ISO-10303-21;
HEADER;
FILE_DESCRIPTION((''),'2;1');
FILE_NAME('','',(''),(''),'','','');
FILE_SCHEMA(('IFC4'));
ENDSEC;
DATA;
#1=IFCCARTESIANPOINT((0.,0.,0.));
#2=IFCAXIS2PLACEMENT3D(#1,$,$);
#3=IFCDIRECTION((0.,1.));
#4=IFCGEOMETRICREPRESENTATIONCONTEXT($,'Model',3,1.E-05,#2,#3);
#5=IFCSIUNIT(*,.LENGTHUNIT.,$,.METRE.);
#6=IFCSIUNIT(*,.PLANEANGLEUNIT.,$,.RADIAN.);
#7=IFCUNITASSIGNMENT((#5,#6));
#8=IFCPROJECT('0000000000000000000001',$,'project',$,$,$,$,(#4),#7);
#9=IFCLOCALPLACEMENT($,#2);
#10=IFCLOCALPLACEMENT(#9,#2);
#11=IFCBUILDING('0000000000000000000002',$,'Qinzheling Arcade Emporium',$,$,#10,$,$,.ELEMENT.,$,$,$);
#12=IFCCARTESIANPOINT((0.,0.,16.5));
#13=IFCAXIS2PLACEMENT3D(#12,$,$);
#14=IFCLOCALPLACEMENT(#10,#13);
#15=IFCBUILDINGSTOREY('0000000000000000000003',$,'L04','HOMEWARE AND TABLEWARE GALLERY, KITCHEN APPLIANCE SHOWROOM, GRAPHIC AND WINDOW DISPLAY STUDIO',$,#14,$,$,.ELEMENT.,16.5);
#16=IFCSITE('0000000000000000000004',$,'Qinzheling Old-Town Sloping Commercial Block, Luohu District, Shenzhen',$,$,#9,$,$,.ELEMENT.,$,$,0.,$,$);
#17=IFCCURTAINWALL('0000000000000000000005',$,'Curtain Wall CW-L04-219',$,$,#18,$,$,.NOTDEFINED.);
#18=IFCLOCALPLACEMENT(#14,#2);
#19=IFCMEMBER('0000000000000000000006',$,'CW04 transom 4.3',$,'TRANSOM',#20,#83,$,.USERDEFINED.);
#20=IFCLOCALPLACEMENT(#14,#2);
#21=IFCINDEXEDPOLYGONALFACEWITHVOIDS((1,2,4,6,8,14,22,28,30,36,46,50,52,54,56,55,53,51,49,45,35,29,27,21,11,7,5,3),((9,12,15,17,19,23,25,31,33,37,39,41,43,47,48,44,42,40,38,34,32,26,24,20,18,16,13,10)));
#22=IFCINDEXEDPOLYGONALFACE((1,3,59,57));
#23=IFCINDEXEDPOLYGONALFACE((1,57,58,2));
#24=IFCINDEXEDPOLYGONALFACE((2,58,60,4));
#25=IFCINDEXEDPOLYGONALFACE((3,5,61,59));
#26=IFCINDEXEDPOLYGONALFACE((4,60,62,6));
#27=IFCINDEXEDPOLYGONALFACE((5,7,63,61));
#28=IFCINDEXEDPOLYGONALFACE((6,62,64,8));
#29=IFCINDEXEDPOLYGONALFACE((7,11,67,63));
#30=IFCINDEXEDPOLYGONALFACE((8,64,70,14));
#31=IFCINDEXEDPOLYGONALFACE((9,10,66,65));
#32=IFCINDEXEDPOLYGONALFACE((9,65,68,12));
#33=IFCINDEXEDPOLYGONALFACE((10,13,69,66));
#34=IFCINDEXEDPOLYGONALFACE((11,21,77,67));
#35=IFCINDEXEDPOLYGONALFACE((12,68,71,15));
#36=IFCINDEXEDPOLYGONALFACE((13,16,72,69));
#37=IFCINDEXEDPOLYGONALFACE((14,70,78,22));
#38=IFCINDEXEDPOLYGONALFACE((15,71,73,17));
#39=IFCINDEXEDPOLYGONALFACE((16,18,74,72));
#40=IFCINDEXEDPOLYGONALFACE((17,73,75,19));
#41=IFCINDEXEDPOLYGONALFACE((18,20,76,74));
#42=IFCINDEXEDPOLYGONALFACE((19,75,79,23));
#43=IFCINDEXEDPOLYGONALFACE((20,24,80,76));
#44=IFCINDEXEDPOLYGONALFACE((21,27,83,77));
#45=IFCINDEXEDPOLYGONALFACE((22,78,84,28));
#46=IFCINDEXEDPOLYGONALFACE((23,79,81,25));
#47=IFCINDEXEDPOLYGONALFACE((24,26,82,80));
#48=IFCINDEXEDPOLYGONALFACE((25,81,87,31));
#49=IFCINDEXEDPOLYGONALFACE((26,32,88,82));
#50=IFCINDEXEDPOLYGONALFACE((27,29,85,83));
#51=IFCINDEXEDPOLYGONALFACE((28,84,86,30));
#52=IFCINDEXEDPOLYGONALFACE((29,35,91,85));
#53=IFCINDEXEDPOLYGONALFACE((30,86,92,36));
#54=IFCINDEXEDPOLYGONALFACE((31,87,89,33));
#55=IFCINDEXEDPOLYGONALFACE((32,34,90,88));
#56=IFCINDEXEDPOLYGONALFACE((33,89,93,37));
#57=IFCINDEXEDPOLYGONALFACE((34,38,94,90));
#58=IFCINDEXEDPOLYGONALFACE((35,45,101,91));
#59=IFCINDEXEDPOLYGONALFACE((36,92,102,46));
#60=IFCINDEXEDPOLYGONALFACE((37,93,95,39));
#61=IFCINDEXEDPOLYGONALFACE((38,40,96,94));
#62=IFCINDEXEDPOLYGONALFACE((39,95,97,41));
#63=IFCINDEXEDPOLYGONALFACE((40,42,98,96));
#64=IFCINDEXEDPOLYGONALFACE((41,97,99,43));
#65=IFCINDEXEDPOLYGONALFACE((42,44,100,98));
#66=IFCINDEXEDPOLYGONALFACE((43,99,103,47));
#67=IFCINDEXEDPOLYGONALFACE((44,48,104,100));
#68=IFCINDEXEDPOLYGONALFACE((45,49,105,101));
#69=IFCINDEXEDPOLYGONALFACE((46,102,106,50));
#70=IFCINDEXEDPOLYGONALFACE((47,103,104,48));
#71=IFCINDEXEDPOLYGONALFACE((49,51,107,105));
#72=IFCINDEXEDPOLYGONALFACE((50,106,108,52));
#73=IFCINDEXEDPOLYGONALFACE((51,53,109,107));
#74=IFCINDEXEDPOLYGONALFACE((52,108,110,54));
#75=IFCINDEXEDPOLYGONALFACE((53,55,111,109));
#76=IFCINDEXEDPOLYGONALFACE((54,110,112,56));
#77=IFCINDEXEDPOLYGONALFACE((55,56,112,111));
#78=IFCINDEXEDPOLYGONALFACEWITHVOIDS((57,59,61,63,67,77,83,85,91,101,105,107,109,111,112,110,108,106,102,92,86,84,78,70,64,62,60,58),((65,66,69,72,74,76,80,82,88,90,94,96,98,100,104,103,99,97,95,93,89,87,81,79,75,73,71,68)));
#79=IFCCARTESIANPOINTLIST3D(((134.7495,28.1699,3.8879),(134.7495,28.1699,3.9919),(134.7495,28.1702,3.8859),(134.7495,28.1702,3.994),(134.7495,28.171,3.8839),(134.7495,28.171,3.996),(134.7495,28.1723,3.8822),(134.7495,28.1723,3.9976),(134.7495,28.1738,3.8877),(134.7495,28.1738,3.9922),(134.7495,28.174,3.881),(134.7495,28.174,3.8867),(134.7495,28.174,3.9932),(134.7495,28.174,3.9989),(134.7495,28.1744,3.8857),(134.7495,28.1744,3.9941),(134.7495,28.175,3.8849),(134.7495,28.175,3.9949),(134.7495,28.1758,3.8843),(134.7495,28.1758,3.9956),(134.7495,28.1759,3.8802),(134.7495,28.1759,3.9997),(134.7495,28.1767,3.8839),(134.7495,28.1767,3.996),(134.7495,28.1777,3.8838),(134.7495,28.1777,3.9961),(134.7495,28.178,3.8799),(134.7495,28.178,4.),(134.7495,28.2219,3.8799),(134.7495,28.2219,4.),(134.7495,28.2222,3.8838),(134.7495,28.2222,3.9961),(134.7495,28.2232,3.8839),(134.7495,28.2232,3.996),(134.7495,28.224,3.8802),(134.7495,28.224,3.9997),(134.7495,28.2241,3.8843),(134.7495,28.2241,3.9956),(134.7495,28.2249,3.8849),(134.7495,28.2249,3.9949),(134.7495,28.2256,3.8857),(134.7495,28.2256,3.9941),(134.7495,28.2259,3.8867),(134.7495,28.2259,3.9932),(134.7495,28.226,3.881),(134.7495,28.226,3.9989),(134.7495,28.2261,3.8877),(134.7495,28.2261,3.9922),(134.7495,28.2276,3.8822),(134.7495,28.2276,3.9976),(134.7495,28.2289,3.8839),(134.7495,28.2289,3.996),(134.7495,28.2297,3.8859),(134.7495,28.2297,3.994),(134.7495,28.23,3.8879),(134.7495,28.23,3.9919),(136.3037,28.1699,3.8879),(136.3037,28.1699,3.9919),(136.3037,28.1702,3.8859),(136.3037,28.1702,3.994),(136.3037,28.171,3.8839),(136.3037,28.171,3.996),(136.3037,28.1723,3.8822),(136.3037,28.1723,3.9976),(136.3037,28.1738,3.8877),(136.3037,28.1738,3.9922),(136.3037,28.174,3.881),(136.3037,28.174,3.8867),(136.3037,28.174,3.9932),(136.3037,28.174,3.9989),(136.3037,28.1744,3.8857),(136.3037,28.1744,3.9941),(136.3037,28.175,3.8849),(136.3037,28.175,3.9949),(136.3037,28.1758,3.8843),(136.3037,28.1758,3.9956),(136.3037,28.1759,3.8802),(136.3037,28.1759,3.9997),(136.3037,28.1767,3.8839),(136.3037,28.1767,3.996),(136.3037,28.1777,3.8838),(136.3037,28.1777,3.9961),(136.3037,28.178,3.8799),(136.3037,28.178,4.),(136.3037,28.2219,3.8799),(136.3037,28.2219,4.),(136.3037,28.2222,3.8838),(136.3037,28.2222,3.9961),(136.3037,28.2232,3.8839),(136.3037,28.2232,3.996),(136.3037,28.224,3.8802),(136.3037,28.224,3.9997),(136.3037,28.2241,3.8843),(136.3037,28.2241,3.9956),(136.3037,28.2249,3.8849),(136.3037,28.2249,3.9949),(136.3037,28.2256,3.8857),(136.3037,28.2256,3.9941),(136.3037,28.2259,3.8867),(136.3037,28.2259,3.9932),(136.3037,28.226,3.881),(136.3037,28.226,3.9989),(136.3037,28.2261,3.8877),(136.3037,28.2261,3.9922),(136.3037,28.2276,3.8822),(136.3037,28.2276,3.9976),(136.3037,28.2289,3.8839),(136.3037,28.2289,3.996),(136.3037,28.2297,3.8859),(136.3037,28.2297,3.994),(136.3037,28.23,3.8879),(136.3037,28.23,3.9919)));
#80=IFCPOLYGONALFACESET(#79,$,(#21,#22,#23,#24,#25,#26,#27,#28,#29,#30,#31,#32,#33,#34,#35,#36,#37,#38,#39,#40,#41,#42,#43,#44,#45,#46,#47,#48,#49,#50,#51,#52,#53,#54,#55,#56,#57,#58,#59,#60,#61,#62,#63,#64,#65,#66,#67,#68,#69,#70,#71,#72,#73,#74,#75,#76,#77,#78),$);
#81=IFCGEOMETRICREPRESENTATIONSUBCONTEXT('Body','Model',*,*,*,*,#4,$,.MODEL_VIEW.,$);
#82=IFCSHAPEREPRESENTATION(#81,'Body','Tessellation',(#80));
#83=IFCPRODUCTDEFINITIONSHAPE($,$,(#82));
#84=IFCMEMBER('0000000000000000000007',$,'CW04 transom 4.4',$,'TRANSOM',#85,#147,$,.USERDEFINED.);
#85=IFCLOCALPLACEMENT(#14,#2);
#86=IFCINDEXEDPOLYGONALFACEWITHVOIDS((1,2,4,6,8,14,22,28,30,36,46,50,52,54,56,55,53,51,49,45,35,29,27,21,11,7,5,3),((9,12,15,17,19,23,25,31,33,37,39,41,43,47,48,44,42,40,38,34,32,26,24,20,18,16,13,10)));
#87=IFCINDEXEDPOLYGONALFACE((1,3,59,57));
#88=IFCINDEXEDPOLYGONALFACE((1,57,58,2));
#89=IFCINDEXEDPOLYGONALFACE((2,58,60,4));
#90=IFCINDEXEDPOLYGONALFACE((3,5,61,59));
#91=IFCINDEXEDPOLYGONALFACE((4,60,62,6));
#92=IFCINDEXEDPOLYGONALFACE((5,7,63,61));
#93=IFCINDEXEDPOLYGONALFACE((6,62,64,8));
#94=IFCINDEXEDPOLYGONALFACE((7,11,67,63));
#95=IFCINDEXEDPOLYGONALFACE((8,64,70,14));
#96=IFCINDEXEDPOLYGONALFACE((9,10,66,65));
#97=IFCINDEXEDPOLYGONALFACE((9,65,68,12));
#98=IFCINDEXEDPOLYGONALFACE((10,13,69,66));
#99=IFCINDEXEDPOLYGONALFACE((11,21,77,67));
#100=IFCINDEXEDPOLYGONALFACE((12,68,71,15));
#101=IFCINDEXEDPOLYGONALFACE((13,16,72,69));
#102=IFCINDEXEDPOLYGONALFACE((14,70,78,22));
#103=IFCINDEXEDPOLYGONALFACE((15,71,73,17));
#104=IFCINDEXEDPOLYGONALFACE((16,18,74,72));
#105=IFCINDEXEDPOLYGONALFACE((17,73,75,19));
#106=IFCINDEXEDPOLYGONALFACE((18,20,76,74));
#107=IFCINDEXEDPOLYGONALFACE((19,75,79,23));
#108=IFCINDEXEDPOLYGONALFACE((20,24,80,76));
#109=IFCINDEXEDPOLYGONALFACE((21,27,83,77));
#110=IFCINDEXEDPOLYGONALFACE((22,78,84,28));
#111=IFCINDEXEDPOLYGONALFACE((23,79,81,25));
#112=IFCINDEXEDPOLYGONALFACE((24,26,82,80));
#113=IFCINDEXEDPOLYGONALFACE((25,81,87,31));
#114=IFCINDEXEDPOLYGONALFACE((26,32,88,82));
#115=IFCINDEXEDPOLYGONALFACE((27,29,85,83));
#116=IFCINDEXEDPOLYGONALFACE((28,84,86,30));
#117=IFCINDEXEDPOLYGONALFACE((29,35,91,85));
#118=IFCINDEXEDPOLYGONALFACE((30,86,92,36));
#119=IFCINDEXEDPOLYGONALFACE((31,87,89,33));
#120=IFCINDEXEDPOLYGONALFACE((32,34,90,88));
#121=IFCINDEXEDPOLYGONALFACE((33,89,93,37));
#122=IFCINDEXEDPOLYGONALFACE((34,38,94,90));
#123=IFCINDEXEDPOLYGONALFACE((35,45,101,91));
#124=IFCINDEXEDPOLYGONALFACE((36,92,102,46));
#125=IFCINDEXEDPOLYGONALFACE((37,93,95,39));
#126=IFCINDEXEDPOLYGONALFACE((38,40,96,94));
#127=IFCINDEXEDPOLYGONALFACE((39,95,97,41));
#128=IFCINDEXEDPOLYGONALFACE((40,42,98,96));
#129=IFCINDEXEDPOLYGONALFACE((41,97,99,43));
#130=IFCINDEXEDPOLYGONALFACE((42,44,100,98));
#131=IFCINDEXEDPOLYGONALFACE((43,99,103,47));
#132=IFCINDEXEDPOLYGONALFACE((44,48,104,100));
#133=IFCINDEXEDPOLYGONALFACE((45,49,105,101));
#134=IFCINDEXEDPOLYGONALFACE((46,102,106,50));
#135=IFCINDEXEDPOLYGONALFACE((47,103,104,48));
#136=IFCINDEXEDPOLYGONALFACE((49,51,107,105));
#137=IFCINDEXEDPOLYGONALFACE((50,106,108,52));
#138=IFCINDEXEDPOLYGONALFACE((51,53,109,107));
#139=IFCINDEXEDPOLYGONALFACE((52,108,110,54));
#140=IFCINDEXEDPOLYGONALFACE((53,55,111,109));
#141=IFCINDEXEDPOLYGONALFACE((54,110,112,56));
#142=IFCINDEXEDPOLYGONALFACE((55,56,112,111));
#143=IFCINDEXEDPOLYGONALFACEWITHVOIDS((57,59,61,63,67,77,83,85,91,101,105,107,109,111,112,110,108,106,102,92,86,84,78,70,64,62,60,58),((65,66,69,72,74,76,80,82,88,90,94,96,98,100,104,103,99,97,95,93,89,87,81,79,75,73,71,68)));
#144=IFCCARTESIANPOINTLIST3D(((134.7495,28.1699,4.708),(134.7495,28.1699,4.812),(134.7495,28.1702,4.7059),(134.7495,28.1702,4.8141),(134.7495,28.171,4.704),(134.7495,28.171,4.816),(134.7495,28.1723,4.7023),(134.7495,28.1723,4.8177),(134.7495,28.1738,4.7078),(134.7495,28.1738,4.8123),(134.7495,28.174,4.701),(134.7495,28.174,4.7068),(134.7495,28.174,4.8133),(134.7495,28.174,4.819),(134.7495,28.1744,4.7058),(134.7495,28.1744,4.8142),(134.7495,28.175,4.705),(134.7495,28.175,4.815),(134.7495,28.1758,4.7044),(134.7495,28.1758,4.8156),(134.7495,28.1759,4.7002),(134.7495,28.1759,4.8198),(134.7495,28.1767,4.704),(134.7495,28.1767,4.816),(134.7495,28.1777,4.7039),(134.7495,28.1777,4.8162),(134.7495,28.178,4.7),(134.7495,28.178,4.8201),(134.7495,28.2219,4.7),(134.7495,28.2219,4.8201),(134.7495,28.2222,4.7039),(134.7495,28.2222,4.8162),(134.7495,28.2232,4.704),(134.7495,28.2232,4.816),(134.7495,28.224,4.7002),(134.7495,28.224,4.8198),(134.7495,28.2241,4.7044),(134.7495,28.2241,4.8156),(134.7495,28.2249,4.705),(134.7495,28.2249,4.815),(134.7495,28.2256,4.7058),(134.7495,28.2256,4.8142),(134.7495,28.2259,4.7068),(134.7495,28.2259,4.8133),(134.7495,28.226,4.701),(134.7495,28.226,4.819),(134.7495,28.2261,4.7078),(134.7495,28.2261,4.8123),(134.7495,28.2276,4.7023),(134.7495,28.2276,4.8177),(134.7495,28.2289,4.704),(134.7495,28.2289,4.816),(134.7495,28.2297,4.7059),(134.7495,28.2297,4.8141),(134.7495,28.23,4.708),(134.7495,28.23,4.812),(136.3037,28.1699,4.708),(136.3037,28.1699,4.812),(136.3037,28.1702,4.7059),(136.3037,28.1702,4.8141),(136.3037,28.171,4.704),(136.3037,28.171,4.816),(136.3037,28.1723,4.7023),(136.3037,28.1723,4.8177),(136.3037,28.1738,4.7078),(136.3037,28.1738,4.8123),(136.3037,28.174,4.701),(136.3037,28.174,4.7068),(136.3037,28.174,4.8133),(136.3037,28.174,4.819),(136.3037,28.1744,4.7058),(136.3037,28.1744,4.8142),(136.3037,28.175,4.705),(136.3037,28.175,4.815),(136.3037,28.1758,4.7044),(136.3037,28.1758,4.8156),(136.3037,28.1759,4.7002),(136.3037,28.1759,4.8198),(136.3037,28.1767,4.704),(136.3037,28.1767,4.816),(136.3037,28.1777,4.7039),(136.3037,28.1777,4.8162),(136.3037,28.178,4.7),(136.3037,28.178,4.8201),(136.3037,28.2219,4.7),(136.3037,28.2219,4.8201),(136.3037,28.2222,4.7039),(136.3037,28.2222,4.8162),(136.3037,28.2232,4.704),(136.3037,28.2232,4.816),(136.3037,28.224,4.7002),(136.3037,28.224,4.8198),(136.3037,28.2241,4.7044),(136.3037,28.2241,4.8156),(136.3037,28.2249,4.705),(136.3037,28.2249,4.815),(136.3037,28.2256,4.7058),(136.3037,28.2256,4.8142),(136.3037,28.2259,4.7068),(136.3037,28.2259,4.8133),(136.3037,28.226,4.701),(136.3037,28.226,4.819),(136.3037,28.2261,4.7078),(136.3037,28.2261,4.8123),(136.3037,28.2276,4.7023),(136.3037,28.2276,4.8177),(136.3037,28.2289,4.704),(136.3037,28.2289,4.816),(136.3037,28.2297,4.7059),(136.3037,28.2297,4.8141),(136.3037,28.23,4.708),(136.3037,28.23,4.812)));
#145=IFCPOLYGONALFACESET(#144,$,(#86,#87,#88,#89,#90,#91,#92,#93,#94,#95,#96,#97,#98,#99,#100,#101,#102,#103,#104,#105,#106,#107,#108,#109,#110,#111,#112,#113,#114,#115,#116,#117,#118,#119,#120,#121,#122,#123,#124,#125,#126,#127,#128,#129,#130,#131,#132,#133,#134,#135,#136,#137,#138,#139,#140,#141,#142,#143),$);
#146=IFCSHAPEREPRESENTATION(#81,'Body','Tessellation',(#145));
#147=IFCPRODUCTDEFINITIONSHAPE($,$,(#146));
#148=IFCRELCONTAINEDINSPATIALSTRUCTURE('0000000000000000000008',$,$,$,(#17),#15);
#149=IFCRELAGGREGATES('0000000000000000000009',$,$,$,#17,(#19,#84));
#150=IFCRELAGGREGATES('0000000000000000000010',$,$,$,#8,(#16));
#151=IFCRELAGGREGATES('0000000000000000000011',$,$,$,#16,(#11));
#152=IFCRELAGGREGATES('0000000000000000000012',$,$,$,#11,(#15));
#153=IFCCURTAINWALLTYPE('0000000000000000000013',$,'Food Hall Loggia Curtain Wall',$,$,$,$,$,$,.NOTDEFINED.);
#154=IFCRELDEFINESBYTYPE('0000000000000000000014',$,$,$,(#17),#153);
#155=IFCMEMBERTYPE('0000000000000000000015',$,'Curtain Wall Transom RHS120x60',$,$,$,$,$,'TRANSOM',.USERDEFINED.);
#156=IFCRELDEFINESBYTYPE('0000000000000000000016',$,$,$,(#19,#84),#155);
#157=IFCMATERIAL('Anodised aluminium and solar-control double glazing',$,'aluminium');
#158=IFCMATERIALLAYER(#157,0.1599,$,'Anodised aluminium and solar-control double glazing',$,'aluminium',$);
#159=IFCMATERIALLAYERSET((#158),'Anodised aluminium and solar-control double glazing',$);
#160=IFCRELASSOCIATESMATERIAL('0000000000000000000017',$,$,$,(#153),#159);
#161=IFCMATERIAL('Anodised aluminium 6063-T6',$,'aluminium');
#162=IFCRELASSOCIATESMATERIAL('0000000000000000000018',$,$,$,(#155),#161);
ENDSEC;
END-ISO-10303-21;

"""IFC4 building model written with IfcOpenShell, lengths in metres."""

from ifc_helpers import new_model, si_unit, direction, frame, origin, origin_2d, place, context, subcontext, project, spatial, hollow_rectangle, extrude, material, layer, layer_set, material_profile, profile_set, type_object, element, aggregate, save


model = new_model("IFC4")

# Units and contexts
model_context = context("Model", 3, precision=1e-05, world=origin(), true_north=direction((0.0, 1.0)))
body_context = subcontext(model_context, "Body", "Model", "MODEL_VIEW")
ifc_project = project(units=[si_unit("LENGTHUNIT", "METRE"), si_unit("PLANEANGLEUNIT", "RADIAN")], contexts=[model_context])

# Site, building, storey
site_placement = place(None, origin())
site = spatial("IfcSite", under=ifc_project, at=site_placement, Name="Qinzheling Old-Town Sloping Commercial Block, Luohu District, Shenzhen", CompositionType="ELEMENT", RefElevation=0.0)
building_placement = place(site_placement, origin())
building = spatial("IfcBuilding", under=site, at=building_placement, Name="Qinzheling Arcade Emporium", CompositionType="ELEMENT")
storey_placement = place(building_placement, frame((0.0, 0.0, 16.5)))
storey = spatial("IfcBuildingStorey", under=building, at=storey_placement, Name="L04", Description="HOMEWARE AND TABLEWARE GALLERY, KITCHEN APPLIANCE SHOWROOM, GRAPHIC AND WINDOW DISPLAY STUDIO", CompositionType="ELEMENT", Elevation=16.5)

# Curtain wall
ifc_material_1 = material(Name="Anodised aluminium and solar-control double glazing", Category="aluminium")
ifc_layer_1 = layer(ifc_material_1, 0.1599, Name="Anodised aluminium and solar-control double glazing", Category="aluminium")
ifc_layer_set_1 = layer_set([ifc_layer_1], Name="Anodised aluminium and solar-control double glazing")
curtain_wall_type = type_object("IfcCurtainWallType", Name="Food Hall Loggia Curtain Wall", PredefinedType="NOTDEFINED", material=ifc_layer_set_1)
curtain_wall_1_placement = place(storey_placement, origin())
curtain_wall_1 = element("IfcCurtainWall", 1, at=curtain_wall_1_placement, inside=storey, type_object=curtain_wall_type, Name="Curtain Wall CW-L04-219", PredefinedType="NOTDEFINED")
ifc_material_2 = material(Name="Anodised aluminium 6063-T6", Category="aluminium")

# Members
ifc_material_profile_1 = material_profile(ifc_material_2, hollow_rectangle(XDim=0.0601, YDim=0.1201, WallThickness=0.0039, InnerFilletRadius=0.0039, OuterFilletRadius=0.0081, at=origin_2d()), Name="RHS 120x60x4", Category="aluminium")
ifc_profile_set_1 = profile_set([ifc_material_profile_1], Name="Anodised aluminium 6063-T6")
member_type_1 = type_object("IfcMemberType", Name="Curtain Wall Transom RHS120x60", ElementType="TRANSOM", PredefinedType="USERDEFINED", material=ifc_profile_set_1)
member_1_placement = place(storey_placement, frame((134.7495, 28.2, 3.9399), z_axis=(1.0, 0.0, 0.0), x_axis=(0.0, 1.0, 0.0)))
member_1 = element("IfcMember", 2, at=member_1_placement, type_object=member_type_1, Name="CW04 transom 4.3", ObjectType="TRANSOM", PredefinedType="USERDEFINED", context=body_context, shape_type="SweptSolid", body=[
    extrude(hollow_rectangle(XDim=0.0601, YDim=0.1201, WallThickness=0.0039, InnerFilletRadius=0.0039, OuterFilletRadius=0.0081, at=origin_2d()), origin(), (0.0, 0.0, 1.0), 1.5542),
])
member_2_placement = place(storey_placement, frame((134.7495, 28.2, 4.76), z_axis=(1.0, 0.0, 0.0), x_axis=(0.0, 1.0, 0.0)))
member_2 = element("IfcMember", 3, at=member_2_placement, type_object=member_type_1, Name="CW04 transom 4.4", ObjectType="TRANSOM", PredefinedType="USERDEFINED", context=body_context, shape_type="SweptSolid", body=[
    extrude(hollow_rectangle(XDim=0.0601, YDim=0.1201, WallThickness=0.0039, InnerFilletRadius=0.0039, OuterFilletRadius=0.0081, at=origin_2d()), origin(), (0.0, 0.0, 1.0), 1.5542),
])

aggregate(curtain_wall_1, [member_1, member_2])

save(model, "model.ifc")
